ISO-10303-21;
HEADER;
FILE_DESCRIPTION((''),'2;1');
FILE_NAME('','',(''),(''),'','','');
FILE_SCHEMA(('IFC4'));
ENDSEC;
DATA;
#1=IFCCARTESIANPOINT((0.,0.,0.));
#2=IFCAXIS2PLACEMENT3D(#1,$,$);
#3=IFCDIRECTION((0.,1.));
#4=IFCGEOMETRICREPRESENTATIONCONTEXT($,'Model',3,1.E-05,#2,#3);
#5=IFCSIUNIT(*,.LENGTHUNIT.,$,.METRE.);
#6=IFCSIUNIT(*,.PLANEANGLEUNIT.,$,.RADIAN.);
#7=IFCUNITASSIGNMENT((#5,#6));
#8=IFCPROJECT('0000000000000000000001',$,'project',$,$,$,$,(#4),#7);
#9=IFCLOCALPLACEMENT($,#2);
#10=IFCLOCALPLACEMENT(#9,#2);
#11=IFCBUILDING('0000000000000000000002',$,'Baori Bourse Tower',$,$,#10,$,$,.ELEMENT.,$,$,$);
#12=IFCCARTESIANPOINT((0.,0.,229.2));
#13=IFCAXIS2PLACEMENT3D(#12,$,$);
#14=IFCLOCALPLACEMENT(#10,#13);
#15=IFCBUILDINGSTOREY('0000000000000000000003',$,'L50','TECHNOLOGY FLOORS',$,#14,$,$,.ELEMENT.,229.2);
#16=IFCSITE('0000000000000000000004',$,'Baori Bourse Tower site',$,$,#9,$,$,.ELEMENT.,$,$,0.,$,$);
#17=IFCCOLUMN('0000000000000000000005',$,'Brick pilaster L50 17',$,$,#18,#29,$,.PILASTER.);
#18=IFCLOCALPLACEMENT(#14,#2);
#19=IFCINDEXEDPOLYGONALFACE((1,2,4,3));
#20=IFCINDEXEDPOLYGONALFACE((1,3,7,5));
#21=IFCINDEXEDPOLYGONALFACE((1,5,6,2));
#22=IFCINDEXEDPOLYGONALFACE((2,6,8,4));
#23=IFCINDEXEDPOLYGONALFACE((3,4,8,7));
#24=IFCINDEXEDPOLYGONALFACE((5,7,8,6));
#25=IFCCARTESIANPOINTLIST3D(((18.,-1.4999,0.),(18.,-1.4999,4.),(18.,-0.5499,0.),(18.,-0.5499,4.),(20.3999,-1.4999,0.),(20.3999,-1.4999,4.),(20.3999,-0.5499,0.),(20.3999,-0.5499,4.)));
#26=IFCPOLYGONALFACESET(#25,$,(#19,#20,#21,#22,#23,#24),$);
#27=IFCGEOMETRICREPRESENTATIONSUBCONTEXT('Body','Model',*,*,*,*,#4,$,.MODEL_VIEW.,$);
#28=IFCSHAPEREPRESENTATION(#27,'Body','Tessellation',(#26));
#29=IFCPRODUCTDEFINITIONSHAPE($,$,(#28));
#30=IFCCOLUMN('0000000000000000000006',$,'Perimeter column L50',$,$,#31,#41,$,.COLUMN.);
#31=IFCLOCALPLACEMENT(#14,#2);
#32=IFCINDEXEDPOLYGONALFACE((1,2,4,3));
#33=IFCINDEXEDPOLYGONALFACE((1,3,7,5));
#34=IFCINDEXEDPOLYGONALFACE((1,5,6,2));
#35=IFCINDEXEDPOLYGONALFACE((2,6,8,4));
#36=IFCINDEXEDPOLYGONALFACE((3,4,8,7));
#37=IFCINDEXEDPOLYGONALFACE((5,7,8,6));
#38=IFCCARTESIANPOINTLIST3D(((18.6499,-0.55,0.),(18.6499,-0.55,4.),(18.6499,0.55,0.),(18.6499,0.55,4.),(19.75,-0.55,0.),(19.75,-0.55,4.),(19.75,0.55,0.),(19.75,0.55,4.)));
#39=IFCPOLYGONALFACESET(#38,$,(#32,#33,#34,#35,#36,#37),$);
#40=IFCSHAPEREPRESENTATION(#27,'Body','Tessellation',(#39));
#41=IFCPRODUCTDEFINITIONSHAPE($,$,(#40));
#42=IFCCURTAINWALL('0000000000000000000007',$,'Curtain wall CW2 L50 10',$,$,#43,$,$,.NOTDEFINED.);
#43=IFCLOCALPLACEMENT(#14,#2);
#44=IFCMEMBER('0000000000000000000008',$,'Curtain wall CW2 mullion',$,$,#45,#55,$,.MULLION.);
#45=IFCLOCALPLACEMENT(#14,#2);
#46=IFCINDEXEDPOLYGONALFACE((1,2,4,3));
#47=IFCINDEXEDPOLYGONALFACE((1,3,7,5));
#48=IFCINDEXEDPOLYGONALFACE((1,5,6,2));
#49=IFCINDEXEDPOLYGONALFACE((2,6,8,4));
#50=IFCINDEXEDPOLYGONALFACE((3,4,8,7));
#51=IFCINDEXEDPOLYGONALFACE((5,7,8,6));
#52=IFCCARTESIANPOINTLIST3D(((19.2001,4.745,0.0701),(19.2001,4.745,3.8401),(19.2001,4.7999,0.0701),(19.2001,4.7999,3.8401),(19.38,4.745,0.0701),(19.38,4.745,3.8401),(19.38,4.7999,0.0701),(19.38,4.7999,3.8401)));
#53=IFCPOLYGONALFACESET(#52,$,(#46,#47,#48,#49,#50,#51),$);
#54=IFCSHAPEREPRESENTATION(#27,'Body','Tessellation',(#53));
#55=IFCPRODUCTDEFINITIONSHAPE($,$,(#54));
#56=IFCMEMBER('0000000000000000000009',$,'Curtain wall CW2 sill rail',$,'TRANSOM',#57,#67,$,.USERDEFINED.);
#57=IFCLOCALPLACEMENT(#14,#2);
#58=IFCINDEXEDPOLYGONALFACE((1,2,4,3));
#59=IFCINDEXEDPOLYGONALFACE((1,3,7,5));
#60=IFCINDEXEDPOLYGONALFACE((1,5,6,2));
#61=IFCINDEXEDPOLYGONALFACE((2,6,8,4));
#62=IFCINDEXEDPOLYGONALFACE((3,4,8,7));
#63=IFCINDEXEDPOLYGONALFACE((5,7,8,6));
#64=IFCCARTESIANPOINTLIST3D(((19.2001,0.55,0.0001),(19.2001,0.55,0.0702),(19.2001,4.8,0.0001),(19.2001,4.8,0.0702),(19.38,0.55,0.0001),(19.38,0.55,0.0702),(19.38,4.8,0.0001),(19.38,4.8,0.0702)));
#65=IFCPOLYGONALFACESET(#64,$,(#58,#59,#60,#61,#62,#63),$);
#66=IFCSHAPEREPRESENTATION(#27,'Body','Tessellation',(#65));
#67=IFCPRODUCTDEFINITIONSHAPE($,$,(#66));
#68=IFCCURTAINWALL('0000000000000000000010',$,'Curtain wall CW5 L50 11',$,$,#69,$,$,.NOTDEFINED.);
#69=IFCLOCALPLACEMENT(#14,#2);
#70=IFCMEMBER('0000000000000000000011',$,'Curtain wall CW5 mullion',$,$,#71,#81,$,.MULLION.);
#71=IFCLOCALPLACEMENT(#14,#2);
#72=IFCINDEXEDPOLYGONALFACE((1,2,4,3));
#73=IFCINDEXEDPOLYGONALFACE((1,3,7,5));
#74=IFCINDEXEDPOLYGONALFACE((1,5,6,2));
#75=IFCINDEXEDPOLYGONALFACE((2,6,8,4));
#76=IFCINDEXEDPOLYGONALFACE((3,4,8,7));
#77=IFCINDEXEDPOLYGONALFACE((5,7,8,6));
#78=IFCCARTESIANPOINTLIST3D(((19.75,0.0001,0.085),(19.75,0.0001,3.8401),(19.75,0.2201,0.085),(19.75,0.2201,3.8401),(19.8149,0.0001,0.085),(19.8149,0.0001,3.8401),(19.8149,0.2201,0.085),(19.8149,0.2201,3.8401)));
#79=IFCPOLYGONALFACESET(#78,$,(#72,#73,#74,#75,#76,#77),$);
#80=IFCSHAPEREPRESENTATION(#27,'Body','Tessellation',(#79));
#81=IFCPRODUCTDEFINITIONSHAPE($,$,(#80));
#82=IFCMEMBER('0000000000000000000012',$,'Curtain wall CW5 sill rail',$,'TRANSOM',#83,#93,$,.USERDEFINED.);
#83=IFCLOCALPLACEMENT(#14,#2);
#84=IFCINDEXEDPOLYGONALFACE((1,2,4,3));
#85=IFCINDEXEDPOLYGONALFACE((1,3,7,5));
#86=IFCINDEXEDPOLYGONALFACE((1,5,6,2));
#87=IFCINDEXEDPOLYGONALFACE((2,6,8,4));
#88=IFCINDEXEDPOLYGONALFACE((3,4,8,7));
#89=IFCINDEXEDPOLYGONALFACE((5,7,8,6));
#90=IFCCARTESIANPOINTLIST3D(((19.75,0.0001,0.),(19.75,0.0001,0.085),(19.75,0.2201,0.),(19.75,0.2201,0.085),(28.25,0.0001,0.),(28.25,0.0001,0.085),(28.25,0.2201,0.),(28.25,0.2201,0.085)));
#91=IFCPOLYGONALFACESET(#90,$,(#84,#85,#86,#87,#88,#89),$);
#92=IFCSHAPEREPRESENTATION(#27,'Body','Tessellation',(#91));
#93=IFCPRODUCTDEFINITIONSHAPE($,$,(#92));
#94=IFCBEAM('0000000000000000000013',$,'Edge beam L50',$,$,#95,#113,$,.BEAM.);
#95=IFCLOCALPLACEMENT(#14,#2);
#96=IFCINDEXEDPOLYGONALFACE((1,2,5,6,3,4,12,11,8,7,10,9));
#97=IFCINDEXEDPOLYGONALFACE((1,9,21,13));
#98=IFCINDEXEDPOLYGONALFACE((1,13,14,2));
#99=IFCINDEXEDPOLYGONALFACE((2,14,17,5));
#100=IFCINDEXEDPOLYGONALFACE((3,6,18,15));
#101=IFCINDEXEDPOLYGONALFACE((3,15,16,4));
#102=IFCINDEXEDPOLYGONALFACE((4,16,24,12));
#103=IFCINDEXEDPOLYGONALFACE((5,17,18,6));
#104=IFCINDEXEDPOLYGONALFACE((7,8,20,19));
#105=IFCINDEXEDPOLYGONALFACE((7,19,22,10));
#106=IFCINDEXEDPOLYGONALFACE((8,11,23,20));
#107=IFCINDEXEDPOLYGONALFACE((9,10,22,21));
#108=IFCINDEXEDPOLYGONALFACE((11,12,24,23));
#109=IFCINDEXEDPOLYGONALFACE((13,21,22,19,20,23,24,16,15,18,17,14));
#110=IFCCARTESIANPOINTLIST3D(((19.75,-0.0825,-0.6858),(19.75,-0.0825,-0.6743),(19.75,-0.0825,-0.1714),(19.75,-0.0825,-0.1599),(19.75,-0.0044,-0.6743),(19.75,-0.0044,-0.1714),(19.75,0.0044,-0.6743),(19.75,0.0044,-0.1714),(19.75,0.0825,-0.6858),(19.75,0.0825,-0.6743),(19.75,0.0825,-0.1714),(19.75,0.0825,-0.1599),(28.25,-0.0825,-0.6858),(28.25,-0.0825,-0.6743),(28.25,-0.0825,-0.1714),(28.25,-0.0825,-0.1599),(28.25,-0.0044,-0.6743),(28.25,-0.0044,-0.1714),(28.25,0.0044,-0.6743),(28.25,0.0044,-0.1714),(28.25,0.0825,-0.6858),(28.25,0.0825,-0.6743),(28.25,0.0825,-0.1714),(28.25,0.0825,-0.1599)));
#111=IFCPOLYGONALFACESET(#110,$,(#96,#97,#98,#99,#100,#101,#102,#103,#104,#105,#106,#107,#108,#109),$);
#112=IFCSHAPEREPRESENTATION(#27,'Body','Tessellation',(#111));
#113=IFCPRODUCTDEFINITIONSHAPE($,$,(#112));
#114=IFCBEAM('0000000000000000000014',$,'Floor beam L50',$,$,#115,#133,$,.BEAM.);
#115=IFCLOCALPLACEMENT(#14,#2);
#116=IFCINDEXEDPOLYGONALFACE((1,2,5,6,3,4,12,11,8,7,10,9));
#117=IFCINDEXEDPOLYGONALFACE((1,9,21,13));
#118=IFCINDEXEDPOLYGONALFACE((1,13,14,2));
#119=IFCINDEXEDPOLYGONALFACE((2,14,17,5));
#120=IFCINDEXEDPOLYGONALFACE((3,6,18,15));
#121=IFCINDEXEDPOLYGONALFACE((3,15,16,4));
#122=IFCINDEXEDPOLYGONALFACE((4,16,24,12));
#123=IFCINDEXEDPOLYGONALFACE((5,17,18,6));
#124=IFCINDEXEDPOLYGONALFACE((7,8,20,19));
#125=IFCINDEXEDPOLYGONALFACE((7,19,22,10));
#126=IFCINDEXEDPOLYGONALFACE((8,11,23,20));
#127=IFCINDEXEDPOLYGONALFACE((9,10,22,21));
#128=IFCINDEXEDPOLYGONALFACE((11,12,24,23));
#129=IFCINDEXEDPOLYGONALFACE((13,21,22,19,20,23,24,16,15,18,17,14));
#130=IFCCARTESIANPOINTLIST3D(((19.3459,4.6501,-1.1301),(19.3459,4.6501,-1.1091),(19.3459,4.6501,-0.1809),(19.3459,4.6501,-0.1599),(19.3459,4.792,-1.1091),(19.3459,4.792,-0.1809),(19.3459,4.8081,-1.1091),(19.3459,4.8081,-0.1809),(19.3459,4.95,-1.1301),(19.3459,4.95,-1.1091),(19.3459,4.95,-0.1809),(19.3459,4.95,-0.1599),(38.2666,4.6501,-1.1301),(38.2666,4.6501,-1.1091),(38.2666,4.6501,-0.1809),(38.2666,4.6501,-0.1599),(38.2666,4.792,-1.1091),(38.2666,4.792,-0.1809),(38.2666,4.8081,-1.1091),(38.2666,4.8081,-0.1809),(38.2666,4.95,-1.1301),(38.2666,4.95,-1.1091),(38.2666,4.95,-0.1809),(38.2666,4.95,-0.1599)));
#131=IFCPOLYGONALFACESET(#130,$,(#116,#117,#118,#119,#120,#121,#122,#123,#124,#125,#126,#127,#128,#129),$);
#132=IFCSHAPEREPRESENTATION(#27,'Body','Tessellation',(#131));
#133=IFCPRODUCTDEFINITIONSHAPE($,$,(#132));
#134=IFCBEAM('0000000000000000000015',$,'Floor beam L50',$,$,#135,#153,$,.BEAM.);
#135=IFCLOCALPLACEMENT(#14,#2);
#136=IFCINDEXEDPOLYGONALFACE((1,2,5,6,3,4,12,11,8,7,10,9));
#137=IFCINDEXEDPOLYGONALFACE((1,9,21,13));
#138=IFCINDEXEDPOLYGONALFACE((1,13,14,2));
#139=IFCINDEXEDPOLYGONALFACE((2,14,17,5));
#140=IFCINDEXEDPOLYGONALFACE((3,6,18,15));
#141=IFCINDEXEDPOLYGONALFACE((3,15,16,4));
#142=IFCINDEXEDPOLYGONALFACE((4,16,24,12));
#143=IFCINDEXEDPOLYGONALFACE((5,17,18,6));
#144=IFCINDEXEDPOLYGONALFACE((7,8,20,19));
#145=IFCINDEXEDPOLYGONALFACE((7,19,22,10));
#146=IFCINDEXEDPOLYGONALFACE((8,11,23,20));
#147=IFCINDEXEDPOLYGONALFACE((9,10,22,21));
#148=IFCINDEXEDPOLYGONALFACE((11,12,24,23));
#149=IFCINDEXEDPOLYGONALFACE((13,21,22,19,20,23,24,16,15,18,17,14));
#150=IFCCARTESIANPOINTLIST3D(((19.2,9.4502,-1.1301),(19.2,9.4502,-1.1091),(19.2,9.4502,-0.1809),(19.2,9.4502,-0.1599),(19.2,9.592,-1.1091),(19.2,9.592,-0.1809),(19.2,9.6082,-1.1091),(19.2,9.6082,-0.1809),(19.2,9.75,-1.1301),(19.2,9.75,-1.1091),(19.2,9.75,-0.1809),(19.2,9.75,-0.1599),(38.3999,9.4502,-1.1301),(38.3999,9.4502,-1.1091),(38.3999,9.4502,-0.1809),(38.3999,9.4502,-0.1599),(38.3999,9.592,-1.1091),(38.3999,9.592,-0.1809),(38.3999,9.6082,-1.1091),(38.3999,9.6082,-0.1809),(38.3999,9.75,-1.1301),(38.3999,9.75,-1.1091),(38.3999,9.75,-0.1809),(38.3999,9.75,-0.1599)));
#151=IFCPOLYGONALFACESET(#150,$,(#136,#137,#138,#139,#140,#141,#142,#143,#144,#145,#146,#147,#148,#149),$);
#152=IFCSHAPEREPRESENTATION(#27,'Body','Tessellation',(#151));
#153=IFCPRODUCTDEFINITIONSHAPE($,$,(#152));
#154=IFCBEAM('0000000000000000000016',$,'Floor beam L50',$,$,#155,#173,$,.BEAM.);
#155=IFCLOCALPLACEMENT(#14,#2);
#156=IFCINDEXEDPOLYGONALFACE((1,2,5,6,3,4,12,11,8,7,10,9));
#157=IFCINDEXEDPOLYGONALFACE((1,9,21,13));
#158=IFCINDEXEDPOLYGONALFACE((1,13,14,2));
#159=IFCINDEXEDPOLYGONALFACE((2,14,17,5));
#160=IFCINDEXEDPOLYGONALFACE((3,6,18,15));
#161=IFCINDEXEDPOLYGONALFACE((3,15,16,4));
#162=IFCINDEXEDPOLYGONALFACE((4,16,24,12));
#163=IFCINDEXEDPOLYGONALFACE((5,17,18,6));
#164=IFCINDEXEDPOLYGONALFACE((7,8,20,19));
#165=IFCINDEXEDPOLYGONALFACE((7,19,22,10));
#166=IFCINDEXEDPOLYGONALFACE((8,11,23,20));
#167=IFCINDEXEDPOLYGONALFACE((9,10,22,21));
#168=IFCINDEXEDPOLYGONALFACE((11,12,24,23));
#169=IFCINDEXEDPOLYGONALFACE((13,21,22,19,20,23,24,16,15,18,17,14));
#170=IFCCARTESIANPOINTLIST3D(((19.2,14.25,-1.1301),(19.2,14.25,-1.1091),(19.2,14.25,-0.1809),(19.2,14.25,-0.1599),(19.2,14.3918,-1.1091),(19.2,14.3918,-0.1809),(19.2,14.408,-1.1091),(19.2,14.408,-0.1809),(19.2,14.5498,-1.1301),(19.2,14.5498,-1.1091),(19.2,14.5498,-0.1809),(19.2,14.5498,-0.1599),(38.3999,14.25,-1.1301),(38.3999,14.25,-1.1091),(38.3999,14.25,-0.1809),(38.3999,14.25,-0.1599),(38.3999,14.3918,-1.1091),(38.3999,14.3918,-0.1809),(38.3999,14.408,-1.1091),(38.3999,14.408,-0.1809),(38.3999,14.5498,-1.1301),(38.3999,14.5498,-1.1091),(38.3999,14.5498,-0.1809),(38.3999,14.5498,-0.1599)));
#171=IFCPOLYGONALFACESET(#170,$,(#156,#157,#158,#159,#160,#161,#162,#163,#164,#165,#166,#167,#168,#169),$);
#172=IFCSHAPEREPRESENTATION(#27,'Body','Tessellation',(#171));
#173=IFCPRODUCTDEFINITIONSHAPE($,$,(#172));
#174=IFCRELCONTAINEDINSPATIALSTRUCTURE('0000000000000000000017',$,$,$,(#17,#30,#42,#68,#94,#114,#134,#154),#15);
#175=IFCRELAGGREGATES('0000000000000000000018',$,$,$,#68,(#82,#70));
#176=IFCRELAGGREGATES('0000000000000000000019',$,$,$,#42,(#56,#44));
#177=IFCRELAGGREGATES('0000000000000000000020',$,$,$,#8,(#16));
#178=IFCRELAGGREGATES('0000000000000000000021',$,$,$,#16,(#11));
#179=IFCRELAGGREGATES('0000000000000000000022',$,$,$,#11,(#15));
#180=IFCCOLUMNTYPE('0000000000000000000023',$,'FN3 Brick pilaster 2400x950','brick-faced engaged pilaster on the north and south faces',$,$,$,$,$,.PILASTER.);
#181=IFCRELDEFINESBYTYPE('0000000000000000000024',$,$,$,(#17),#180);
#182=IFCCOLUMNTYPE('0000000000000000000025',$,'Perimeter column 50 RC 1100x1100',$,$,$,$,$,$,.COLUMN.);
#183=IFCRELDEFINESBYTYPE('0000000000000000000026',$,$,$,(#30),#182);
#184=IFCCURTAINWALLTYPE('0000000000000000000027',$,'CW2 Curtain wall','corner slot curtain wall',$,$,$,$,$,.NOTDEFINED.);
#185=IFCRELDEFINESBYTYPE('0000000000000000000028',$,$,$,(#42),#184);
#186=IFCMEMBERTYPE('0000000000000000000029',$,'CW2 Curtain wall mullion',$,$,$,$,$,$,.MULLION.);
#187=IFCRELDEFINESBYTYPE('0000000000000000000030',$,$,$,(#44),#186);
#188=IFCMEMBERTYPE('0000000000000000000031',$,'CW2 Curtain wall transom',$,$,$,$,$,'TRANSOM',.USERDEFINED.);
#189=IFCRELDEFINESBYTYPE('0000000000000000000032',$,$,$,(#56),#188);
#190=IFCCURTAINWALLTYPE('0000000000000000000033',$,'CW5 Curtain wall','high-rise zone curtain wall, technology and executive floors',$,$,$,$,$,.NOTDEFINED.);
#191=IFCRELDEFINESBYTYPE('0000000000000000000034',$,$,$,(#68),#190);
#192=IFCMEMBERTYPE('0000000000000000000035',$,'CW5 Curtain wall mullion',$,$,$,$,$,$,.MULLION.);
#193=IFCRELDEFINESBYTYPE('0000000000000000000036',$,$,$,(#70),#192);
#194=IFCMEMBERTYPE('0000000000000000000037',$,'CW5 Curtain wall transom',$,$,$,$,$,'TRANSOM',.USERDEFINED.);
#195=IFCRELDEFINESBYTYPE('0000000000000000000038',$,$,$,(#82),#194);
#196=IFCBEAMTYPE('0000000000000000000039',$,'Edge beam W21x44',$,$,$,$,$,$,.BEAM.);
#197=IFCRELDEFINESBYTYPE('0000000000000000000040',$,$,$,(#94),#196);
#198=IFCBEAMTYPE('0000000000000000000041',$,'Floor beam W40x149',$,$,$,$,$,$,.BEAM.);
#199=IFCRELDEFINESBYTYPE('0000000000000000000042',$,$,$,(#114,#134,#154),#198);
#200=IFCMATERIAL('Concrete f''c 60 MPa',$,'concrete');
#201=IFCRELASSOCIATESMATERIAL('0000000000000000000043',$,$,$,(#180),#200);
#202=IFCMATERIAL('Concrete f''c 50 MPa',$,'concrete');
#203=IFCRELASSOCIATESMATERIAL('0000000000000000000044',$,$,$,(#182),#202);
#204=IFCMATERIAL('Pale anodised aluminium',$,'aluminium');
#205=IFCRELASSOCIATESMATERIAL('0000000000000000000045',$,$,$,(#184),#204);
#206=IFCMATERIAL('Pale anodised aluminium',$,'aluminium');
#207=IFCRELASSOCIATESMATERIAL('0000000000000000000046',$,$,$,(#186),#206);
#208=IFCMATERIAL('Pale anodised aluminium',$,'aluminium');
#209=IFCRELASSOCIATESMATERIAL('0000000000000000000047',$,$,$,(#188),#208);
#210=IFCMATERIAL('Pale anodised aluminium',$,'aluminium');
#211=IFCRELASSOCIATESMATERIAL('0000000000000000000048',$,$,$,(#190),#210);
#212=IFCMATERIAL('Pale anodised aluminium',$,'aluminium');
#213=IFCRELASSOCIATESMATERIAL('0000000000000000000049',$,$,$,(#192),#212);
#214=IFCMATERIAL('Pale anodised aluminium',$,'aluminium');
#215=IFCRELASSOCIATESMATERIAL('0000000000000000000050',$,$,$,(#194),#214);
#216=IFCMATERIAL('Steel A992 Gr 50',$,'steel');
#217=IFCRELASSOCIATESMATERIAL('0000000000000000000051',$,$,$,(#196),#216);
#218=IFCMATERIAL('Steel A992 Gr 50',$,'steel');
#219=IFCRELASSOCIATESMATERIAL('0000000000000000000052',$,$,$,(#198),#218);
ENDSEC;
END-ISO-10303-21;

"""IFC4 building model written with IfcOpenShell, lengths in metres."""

from ifc_helpers import new_model, si_unit, direction, frame, origin, origin_2d, place, context, subcontext, project, spatial, rectangle, i_section, extrude, material, material_profile, profile_set, type_object, element, aggregate, save


model = new_model("IFC4")

# Units and contexts
model_context = context("Model", 3, precision=1e-05, world=origin(), true_north=direction((0.0, 1.0)))
body_context = subcontext(model_context, "Body", "Model", "MODEL_VIEW")
ifc_project = project(units=[si_unit("LENGTHUNIT", "METRE"), si_unit("PLANEANGLEUNIT", "RADIAN")], contexts=[model_context])

# Site, building, storey
site_placement = place(None, origin())
site = spatial("IfcSite", under=ifc_project, at=site_placement, Name="Baori Bourse Tower site", CompositionType="ELEMENT", RefElevation=0.0)
building_placement = place(site_placement, origin())
building = spatial("IfcBuilding", under=site, at=building_placement, Name="Baori Bourse Tower", CompositionType="ELEMENT")
storey_placement = place(building_placement, frame((0.0, 0.0, 229.2)))
storey = spatial("IfcBuildingStorey", under=building, at=storey_placement, Name="L50", Description="TECHNOLOGY FLOORS", CompositionType="ELEMENT", Elevation=229.2)

# Columns
ifc_material_1 = material(Name="Concrete f'c 60 MPa", Category="concrete")
ifc_material_profile_1 = material_profile(ifc_material_1, rectangle(XDim=2.3999, YDim=0.95, at=origin_2d()), Name="RC 2400x950")
ifc_profile_set_1 = profile_set([ifc_material_profile_1], Name="Concrete f'c 60 MPa")
column_type_1 = type_object("IfcColumnType", Name="FN3 Brick pilaster 2400x950", Description="brick-faced engaged pilaster on the north and south faces", PredefinedType="PILASTER", material=ifc_profile_set_1)
column_1_placement = place(storey_placement, frame((19.2, -1.0249, 0.0), z_axis=(0.0, 0.0, 1.0), x_axis=(1.0, 0.0, 0.0)))
element("IfcColumn", 1, at=column_1_placement, inside=storey, type_object=column_type_1, Name="Brick pilaster L50 17", PredefinedType="PILASTER", context=body_context, shape_type="SweptSolid", body=[
    extrude(rectangle(XDim=2.3999, YDim=0.95, at=origin_2d()), origin(), (0.0, 0.0, 1.0), 4.0),
])
ifc_material_2 = material(Name="Concrete f'c 50 MPa", Category="concrete")
ifc_material_profile_2 = material_profile(ifc_material_2, rectangle(XDim=1.1001, YDim=1.1001, at=origin_2d()), Name="RC 1100x1100")
ifc_profile_set_2 = profile_set([ifc_material_profile_2], Name="Concrete f'c 50 MPa")
column_type_2 = type_object("IfcColumnType", Name="Perimeter column 50 RC 1100x1100", PredefinedType="COLUMN", material=ifc_profile_set_2)
column_2_placement = place(storey_placement, frame((19.2, 0.0, 0.0), z_axis=(0.0, 0.0, 1.0), x_axis=(1.0, 0.0, 0.0)))
element("IfcColumn", 2, at=column_2_placement, inside=storey, type_object=column_type_2, Name="Perimeter column L50", PredefinedType="COLUMN", context=body_context, shape_type="SweptSolid", body=[
    extrude(rectangle(XDim=1.1001, YDim=1.1001, at=origin_2d()), origin(), (0.0, 0.0, 1.0), 4.0),
])

# Curtain walls, members
ifc_material_3 = material(Name="Pale anodised aluminium", Category="aluminium")
curtain_wall_type_1 = type_object("IfcCurtainWallType", Name="CW2 Curtain wall", Description="corner slot curtain wall", PredefinedType="NOTDEFINED", material=ifc_material_3)
curtain_wall_1_placement = place(storey_placement, origin())
curtain_wall_1 = element("IfcCurtainWall", 3, at=curtain_wall_1_placement, inside=storey, type_object=curtain_wall_type_1, Name="Curtain wall CW2 L50 10", PredefinedType="NOTDEFINED")
ifc_material_4 = material(Name="Pale anodised aluminium", Category="aluminium")
ifc_material_profile_3 = material_profile(ifc_material_4, rectangle(XDim=0.1799, YDim=0.0549, at=origin_2d()), Name="Mullion 55x180")
ifc_profile_set_3 = profile_set([ifc_material_profile_3], Name="Pale anodised aluminium")
member_type_1 = type_object("IfcMemberType", Name="CW2 Curtain wall mullion", PredefinedType="MULLION", material=ifc_profile_set_3)
member_1_placement = place(storey_placement, frame((19.29, 4.7725, 0.0701), z_axis=(0.0, 0.0, 1.0), x_axis=(1.0, 0.0, 0.0)))
member_1 = element("IfcMember", 4, at=member_1_placement, type_object=member_type_1, Name="Curtain wall CW2 mullion", PredefinedType="MULLION", context=body_context, shape_type="SweptSolid", body=[
    extrude(rectangle(XDim=0.1799, YDim=0.0549, at=origin_2d()), origin(), (0.0, 0.0, 1.0), 3.77),
])
ifc_material_5 = material(Name="Pale anodised aluminium", Category="aluminium")
ifc_material_profile_4 = material_profile(ifc_material_5, rectangle(XDim=0.1799, YDim=0.0701, at=origin_2d()), Name="Transom 70x180")
ifc_profile_set_4 = profile_set([ifc_material_profile_4], Name="Pale anodised aluminium")
member_type_2 = type_object("IfcMemberType", Name="CW2 Curtain wall transom", ElementType="TRANSOM", PredefinedType="USERDEFINED", material=ifc_profile_set_4)
member_2_placement = place(storey_placement, frame((19.29, 4.8, 0.0352), z_axis=(0.0, -1.0, 0.0), x_axis=(1.0, 0.0, 0.0)))
member_2 = element("IfcMember", 5, at=member_2_placement, type_object=member_type_2, Name="Curtain wall CW2 sill rail", ObjectType="TRANSOM", PredefinedType="USERDEFINED", context=body_context, shape_type="SweptSolid", body=[
    extrude(rectangle(XDim=0.1799, YDim=0.0701, at=origin_2d()), origin(), (0.0, 0.0, 1.0), 4.25),
])
ifc_material_6 = material(Name="Pale anodised aluminium", Category="aluminium")
curtain_wall_type_2 = type_object("IfcCurtainWallType", Name="CW5 Curtain wall", Description="high-rise zone curtain wall, technology and executive floors", PredefinedType="NOTDEFINED", material=ifc_material_6)
curtain_wall_2_placement = place(storey_placement, origin())
curtain_wall_2 = element("IfcCurtainWall", 6, at=curtain_wall_2_placement, inside=storey, type_object=curtain_wall_type_2, Name="Curtain wall CW5 L50 11", PredefinedType="NOTDEFINED")
ifc_material_7 = material(Name="Pale anodised aluminium", Category="aluminium")
ifc_material_profile_5 = material_profile(ifc_material_7, rectangle(XDim=0.22, YDim=0.0649, at=origin_2d()), Name="Mullion 65x220")
ifc_profile_set_5 = profile_set([ifc_material_profile_5], Name="Pale anodised aluminium")
member_type_3 = type_object("IfcMemberType", Name="CW5 Curtain wall mullion", PredefinedType="MULLION", material=ifc_profile_set_5)
member_3_placement = place(storey_placement, frame((19.7825, 0.1101, 0.085), z_axis=(0.0, 0.0, 1.0), x_axis=(0.0, 1.0, 0.0)))
member_3 = element("IfcMember", 7, at=member_3_placement, type_object=member_type_3, Name="Curtain wall CW5 mullion", PredefinedType="MULLION", context=body_context, shape_type="SweptSolid", body=[
    extrude(rectangle(XDim=0.22, YDim=0.0649, at=origin_2d()), origin(), (0.0, 0.0, 1.0), 3.7551),
])
ifc_material_8 = material(Name="Pale anodised aluminium", Category="aluminium")
ifc_material_profile_6 = material_profile(ifc_material_8, rectangle(XDim=0.22, YDim=0.085, at=origin_2d()), Name="Transom 85x220")
ifc_profile_set_6 = profile_set([ifc_material_profile_6], Name="Pale anodised aluminium")
member_type_4 = type_object("IfcMemberType", Name="CW5 Curtain wall transom", ElementType="TRANSOM", PredefinedType="USERDEFINED", material=ifc_profile_set_6)
member_4_placement = place(storey_placement, frame((19.75, 0.1101, 0.0425), z_axis=(1.0, 0.0, 0.0), x_axis=(0.0, 1.0, 0.0)))
member_4 = element("IfcMember", 8, at=member_4_placement, type_object=member_type_4, Name="Curtain wall CW5 sill rail", ObjectType="TRANSOM", PredefinedType="USERDEFINED", context=body_context, shape_type="SweptSolid", body=[
    extrude(rectangle(XDim=0.22, YDim=0.085, at=origin_2d()), origin(), (0.0, 0.0, 1.0), 8.5),
])
aggregate(curtain_wall_2, [member_4, member_3])

# Beams
ifc_material_9 = material(Name="Steel A992 Gr 50", Category="steel")
ifc_material_profile_7 = material_profile(ifc_material_9, i_section(OverallWidth=0.165, OverallDepth=0.5259, WebThickness=0.0088, FlangeThickness=0.0115, at=origin_2d()), Name="W21x44")
ifc_profile_set_7 = profile_set([ifc_material_profile_7], Name="Steel A992 Gr 50")
beam_type_1 = type_object("IfcBeamType", Name="Edge beam W21x44", PredefinedType="BEAM", material=ifc_profile_set_7)
beam_1_placement = place(storey_placement, frame((19.75, 0.0, -0.4229), z_axis=(1.0, 0.0, 0.0), x_axis=(0.0, 1.0, 0.0)))
element("IfcBeam", 9, at=beam_1_placement, inside=storey, type_object=beam_type_1, Name="Edge beam L50", PredefinedType="BEAM", context=body_context, shape_type="SweptSolid", body=[
    extrude(i_section(OverallWidth=0.165, OverallDepth=0.5259, WebThickness=0.0088, FlangeThickness=0.0115, at=origin_2d()), origin(), (0.0, 0.0, 1.0), 8.5),
])
ifc_material_10 = material(Name="Steel A992 Gr 50", Category="steel")
ifc_material_profile_8 = material_profile(ifc_material_10, i_section(OverallWidth=0.2998, OverallDepth=0.9702, WebThickness=0.0161, FlangeThickness=0.021, at=origin_2d()), Name="W40x149")
ifc_profile_set_8 = profile_set([ifc_material_profile_8], Name="Steel A992 Gr 50")
beam_type_2 = type_object("IfcBeamType", Name="Floor beam W40x149", PredefinedType="BEAM", material=ifc_profile_set_8)
beam_2_placement = place(storey_placement, frame((19.3459, 4.8, -0.645), z_axis=(1.0, 0.0, 0.0), x_axis=(0.0, 1.0, 0.0)))
element("IfcBeam", 10, at=beam_2_placement, inside=storey, type_object=beam_type_2, Name="Floor beam L50", PredefinedType="BEAM", context=body_context, shape_type="SweptSolid", body=[
    extrude(i_section(OverallWidth=0.2998, OverallDepth=0.9702, WebThickness=0.0161, FlangeThickness=0.021, at=origin_2d()), origin(), (0.0, 0.0, 1.0), 18.9207),
])
for number, where, z_axis, x_axis, name in (
    (11, (19.2, 9.6001, -0.645), (1.0, 0.0, 0.0), (0.0, 1.0, 0.0), "Floor beam L50"),
    (12, (19.2, 14.3999, -0.645), (1.0, 0.0, 0.0), (0.0, 1.0, 0.0), "Floor beam L50"),
):
    element("IfcBeam", number, at=place(storey_placement, frame(where, z_axis=z_axis, x_axis=x_axis)), inside=storey, type_object=beam_type_2, Name=name, PredefinedType="BEAM", context=body_context, shape_type="SweptSolid", body=[
        extrude(i_section(OverallWidth=0.2998, OverallDepth=0.9702, WebThickness=0.0161, FlangeThickness=0.021, at=origin_2d()), origin(), (0.0, 0.0, 1.0), 19.2),
    ])

aggregate(curtain_wall_1, [member_2, member_1])

save(model, "model.ifc")
